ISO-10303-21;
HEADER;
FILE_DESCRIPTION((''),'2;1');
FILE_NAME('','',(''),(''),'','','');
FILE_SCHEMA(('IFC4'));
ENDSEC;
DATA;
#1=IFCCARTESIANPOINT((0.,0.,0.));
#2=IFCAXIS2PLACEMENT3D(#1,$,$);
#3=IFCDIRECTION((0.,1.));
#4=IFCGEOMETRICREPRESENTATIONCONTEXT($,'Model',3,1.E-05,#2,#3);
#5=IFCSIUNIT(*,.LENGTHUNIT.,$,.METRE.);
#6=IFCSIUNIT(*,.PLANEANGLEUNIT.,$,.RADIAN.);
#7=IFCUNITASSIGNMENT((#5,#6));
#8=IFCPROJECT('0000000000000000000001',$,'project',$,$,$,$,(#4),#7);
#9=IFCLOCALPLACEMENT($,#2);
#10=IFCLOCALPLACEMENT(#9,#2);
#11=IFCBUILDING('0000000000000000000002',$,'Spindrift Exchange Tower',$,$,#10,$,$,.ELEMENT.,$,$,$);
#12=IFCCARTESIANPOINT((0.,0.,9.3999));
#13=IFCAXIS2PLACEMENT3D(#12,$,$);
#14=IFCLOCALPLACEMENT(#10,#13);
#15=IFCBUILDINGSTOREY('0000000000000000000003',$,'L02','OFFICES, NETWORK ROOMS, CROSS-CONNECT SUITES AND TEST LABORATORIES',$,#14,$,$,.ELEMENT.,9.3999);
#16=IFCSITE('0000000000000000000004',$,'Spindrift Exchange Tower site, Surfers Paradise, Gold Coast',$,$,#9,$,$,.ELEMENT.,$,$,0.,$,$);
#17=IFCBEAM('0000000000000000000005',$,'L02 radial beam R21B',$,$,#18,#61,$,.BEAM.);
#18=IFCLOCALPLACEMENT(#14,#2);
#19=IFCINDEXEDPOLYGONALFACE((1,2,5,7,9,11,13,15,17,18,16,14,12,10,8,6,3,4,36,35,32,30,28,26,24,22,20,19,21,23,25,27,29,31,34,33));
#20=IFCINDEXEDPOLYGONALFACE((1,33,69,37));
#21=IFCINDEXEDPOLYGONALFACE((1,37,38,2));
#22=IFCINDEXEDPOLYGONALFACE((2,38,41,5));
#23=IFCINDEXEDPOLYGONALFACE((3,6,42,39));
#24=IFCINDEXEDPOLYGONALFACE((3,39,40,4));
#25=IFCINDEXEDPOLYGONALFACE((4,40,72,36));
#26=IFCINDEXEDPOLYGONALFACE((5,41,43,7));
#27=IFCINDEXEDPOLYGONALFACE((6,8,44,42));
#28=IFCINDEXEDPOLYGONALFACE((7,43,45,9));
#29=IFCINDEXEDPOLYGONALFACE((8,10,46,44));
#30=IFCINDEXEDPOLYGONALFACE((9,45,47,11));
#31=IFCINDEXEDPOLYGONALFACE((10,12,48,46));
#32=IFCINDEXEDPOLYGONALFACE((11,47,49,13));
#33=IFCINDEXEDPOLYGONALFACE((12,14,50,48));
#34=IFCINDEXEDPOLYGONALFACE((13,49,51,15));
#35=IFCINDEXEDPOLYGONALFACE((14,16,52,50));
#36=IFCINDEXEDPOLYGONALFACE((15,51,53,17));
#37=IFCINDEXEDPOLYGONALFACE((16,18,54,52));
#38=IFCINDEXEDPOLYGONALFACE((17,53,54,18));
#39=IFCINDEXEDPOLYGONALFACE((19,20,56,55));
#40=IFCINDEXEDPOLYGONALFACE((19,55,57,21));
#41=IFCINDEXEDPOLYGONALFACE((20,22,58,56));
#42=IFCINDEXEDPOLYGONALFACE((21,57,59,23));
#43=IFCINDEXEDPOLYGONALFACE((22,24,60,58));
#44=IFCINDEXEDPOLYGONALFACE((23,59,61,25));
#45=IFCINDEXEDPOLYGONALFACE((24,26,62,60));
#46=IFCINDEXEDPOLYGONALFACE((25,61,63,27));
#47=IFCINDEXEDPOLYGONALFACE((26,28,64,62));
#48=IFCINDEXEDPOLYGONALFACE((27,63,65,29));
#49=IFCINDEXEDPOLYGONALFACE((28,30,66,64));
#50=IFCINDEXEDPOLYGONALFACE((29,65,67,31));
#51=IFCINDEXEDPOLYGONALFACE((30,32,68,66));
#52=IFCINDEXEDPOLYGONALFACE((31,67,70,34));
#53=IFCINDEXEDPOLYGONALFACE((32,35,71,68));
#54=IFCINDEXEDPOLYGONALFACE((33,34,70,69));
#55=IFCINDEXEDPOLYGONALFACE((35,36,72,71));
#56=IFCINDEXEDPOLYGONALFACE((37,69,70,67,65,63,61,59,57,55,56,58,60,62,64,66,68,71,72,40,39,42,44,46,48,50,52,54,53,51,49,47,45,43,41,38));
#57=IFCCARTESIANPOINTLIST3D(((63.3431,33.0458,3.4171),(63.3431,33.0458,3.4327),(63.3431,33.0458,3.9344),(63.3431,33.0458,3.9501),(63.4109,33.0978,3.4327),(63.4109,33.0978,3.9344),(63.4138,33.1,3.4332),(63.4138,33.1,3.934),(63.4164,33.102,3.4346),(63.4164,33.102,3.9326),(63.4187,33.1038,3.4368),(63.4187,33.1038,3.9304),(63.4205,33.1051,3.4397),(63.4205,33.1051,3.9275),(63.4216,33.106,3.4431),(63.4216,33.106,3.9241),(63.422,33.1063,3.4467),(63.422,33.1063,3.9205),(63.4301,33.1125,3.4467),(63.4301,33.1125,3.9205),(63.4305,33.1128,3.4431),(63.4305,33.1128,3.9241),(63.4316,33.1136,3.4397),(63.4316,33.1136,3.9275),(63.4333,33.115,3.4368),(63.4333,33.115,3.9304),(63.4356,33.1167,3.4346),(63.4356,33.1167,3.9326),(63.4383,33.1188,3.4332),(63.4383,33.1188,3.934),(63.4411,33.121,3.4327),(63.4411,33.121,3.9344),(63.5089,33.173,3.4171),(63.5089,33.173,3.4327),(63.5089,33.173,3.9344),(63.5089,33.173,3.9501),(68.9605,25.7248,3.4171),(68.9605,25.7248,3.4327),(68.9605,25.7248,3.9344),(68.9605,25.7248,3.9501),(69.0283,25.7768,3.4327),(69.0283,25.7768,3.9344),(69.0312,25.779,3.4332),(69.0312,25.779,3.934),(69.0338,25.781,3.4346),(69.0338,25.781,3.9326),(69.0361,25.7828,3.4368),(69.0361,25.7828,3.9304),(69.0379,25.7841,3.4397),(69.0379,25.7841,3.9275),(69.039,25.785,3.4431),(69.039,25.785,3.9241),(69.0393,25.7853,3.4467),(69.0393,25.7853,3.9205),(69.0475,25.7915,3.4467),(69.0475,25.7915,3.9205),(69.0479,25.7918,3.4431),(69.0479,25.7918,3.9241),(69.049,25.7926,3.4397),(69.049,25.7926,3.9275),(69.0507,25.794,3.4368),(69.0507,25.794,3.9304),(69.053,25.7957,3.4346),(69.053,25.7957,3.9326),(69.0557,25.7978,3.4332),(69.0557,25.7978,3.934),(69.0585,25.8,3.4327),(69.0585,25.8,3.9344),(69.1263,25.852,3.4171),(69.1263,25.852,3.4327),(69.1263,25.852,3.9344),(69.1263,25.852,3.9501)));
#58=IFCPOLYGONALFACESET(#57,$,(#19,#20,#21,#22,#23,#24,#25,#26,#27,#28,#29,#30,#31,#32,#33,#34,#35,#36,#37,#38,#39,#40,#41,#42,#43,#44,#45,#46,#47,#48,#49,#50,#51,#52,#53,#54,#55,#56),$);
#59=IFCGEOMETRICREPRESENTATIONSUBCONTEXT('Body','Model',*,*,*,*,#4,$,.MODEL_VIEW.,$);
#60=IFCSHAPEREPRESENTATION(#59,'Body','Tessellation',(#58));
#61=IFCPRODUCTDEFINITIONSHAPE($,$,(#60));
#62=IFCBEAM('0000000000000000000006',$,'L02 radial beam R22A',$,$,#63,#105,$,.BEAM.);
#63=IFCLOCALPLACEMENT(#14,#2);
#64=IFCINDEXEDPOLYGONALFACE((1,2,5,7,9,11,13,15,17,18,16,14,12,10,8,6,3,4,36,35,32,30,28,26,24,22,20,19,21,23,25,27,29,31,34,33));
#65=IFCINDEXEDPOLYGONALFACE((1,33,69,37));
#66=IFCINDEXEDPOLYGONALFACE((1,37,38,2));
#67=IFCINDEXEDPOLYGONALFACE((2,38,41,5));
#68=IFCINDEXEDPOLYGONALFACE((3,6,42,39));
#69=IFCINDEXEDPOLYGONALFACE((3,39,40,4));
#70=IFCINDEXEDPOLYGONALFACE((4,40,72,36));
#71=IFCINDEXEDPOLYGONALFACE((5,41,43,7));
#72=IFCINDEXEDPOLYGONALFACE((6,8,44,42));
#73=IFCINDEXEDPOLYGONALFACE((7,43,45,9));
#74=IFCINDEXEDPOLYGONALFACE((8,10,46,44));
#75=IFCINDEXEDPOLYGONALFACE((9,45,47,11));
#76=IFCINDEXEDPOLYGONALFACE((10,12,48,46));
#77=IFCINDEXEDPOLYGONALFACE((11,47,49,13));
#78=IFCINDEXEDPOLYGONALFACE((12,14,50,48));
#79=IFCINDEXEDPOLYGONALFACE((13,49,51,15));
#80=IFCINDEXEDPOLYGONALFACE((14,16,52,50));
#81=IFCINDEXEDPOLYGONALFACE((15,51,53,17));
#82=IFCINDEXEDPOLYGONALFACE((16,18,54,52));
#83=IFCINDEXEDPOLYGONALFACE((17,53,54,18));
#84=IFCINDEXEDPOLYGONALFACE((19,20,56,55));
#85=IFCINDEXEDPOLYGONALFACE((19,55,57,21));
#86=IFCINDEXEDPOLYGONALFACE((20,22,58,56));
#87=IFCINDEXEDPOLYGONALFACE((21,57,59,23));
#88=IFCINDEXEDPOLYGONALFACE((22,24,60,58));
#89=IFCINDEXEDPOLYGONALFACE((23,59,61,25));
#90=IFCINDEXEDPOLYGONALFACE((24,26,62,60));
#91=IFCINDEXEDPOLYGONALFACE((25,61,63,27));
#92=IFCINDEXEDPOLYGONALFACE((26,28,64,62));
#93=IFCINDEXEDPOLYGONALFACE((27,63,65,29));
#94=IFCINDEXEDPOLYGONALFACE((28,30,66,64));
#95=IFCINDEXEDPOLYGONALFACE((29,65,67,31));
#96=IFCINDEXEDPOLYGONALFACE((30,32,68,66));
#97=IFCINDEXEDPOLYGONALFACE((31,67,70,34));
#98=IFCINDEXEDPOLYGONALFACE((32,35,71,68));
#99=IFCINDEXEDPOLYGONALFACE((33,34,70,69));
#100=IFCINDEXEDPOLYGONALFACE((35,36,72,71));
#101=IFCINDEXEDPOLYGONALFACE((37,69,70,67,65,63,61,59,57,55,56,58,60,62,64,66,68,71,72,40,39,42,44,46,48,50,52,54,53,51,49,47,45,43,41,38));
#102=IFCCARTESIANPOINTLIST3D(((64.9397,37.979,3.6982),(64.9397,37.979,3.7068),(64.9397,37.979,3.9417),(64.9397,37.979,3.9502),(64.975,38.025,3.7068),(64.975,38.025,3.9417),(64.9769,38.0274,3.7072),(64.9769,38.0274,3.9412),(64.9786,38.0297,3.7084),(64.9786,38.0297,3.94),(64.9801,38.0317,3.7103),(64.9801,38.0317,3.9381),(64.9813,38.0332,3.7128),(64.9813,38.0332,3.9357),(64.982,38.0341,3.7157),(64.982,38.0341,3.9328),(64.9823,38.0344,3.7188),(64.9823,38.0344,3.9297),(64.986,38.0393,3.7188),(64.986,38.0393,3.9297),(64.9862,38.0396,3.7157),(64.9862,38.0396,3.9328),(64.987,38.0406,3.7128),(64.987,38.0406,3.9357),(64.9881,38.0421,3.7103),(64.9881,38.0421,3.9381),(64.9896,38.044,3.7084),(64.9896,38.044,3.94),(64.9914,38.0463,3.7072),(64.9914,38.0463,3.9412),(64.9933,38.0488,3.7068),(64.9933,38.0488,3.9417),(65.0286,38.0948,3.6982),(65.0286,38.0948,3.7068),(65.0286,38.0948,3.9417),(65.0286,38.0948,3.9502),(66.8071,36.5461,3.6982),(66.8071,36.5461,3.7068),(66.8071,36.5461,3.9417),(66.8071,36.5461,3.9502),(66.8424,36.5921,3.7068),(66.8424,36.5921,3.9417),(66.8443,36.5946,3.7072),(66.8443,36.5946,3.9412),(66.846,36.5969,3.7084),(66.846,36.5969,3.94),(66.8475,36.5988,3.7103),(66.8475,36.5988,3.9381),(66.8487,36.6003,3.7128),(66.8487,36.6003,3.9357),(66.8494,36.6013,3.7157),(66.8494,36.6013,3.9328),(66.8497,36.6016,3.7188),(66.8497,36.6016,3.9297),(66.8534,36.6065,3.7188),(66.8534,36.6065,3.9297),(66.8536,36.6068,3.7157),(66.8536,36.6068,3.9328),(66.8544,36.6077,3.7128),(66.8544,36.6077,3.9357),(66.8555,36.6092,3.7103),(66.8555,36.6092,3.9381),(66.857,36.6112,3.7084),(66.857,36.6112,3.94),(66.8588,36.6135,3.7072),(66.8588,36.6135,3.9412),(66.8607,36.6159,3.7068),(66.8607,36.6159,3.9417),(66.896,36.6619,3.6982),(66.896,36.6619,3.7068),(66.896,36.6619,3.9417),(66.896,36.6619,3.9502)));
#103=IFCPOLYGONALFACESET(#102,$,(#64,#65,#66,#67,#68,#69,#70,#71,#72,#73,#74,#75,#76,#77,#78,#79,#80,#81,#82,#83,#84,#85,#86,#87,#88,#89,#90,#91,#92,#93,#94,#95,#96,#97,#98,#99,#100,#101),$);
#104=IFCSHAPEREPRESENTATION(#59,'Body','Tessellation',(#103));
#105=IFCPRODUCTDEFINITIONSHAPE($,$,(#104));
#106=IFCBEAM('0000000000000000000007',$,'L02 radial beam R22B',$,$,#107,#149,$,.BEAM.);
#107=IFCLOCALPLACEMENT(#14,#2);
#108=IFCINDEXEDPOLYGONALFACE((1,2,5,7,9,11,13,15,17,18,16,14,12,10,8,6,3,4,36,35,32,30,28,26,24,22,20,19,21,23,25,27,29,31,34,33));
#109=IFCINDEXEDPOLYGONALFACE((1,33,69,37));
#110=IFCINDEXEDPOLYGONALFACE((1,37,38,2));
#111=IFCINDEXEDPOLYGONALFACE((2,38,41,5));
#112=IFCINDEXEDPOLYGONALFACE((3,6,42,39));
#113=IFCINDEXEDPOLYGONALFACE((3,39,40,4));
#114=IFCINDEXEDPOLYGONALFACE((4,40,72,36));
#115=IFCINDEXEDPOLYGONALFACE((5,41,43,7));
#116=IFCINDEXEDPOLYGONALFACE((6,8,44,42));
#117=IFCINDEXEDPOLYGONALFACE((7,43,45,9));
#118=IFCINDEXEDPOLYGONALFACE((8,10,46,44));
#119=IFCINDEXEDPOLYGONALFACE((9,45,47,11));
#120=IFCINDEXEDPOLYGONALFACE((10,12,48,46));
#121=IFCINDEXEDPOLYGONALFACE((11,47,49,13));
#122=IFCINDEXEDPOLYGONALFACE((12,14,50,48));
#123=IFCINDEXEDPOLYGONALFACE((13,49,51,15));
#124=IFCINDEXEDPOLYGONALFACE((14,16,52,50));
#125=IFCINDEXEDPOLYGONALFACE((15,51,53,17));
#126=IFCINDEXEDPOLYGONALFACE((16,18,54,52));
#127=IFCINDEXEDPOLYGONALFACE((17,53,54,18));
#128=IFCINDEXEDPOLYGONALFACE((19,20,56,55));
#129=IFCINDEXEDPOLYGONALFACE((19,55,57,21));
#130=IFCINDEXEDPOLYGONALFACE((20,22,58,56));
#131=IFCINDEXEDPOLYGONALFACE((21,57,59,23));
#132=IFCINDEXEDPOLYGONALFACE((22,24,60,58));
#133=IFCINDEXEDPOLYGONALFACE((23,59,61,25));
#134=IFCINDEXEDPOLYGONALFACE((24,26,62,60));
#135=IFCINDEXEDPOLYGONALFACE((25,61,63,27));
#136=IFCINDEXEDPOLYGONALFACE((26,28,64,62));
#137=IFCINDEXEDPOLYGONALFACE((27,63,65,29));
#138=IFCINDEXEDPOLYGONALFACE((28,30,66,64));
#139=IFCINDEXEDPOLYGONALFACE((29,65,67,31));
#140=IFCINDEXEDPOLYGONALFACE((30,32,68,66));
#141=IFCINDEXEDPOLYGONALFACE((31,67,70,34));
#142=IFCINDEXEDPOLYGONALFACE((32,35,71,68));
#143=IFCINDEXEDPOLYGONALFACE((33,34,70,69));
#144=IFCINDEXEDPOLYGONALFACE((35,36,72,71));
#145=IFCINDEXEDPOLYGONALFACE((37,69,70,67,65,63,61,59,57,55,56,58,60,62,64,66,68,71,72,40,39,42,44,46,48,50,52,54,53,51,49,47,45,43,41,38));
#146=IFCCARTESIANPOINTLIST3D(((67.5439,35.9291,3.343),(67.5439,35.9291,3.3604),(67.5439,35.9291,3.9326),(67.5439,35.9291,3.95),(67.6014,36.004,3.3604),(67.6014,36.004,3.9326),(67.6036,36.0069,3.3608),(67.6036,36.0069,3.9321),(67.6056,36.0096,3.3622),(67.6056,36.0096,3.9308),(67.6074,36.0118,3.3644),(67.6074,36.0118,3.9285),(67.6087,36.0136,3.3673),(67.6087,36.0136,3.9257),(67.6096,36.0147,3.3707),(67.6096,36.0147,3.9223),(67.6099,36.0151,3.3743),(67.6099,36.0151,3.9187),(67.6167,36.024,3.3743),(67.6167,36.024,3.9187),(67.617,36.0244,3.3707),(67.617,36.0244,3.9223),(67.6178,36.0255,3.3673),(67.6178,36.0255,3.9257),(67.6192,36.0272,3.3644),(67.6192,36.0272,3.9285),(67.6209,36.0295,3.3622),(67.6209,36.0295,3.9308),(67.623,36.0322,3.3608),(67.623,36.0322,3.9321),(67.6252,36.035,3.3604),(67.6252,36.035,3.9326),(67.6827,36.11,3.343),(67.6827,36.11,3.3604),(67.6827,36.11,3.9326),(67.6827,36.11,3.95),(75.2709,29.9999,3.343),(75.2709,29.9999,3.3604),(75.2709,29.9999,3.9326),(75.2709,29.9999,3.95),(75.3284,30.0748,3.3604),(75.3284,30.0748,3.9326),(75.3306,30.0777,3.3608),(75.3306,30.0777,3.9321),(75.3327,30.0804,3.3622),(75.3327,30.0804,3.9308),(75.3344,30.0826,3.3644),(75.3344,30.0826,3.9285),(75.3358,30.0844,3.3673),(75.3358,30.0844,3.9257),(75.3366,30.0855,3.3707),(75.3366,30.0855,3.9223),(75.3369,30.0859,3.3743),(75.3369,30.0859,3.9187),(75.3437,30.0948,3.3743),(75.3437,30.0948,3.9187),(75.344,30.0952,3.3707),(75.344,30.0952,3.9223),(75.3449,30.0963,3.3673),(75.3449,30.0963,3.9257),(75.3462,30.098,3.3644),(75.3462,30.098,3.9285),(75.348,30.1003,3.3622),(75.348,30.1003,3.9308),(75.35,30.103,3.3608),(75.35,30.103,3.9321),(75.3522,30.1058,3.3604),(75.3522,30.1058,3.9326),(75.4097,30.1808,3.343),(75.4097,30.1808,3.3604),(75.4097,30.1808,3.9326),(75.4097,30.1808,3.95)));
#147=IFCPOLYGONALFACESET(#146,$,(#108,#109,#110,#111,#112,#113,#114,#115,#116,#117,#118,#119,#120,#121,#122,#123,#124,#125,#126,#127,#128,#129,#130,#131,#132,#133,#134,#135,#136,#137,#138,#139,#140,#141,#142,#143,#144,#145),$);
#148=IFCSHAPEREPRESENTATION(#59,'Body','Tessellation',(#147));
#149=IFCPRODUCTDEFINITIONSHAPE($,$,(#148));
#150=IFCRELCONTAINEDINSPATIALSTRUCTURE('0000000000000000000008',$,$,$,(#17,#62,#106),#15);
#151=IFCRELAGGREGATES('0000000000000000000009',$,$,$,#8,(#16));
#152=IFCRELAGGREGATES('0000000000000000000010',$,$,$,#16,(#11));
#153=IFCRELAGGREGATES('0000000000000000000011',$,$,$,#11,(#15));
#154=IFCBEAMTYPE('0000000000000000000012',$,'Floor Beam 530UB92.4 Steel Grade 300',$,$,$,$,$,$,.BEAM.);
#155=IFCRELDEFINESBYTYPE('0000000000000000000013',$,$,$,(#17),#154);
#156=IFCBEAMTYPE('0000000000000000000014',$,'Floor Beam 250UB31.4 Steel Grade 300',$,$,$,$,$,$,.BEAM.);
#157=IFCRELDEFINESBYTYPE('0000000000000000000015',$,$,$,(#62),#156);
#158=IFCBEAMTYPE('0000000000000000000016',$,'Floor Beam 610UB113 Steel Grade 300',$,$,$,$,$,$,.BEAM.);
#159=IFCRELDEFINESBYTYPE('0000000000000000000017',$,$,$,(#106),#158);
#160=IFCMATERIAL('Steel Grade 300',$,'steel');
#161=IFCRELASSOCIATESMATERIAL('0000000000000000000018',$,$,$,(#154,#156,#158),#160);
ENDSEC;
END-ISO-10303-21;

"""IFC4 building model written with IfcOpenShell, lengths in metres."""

from ifc_helpers import new_model, si_unit, direction, frame, origin, origin_2d, place, context, subcontext, project, spatial, i_section, extrude, source, transform, mapped, material, material_profile, profile_set, type_object, element, save


model = new_model("IFC4")

# Units and contexts
model_context = context("Model", 3, precision=1e-05, world=origin(), true_north=direction((0.0, 1.0)))
body_context = subcontext(model_context, "Body", "Model", "MODEL_VIEW")
ifc_project = project(units=[si_unit("LENGTHUNIT", "METRE"), si_unit("PLANEANGLEUNIT", "RADIAN")], contexts=[model_context])

# Site, building, storey
site_placement = place(None, origin())
site = spatial("IfcSite", under=ifc_project, at=site_placement, Name="Spindrift Exchange Tower site, Surfers Paradise, Gold Coast", CompositionType="ELEMENT", RefElevation=0.0)
building_placement = place(site_placement, origin())
building = spatial("IfcBuilding", under=site, at=building_placement, Name="Spindrift Exchange Tower", CompositionType="ELEMENT")
storey_placement = place(building_placement, frame((0.0, 0.0, 9.3999)))
storey = spatial("IfcBuildingStorey", under=building, at=storey_placement, Name="L02", Description="OFFICES, NETWORK ROOMS, CROSS-CONNECT SUITES AND TEST LABORATORIES", CompositionType="ELEMENT", Elevation=9.3999)

# Beams
ifc_material_1 = material(Name="Steel Grade 300", Category="steel")
ifc_material_profile_1 = material_profile(ifc_material_1, i_section(OverallWidth=0.209, OverallDepth=0.533, WebThickness=0.0103, FlangeThickness=0.0156, FilletRadius=0.0139, at=origin_2d()), Name="530UB92.4")
ifc_profile_set_1 = profile_set([ifc_material_profile_1], Name="Steel Grade 300")
beam_type_1 = type_object("IfcBeamType", Name="Floor Beam 530UB92.4 Steel Grade 300", PredefinedType="BEAM", material=ifc_profile_set_1)
shared_shape_1 = source(origin(), body_context, "Body", "SweptSolid", [
    extrude(i_section(OverallWidth=0.209, OverallDepth=0.533, WebThickness=0.0103, FlangeThickness=0.0156, FilletRadius=0.0139, at=origin_2d()), origin(), (0.0, 0.0, 1.0), 9.2278),
])
beam_1_placement = place(storey_placement, frame((63.426, 33.1094, 3.6836), z_axis=(0.608748, -0.793364, 0.0), x_axis=(0.793364, 0.608748, 0.0)))
element("IfcBeam", 1, at=beam_1_placement, inside=storey, type_object=beam_type_1, Name="L02 radial beam R21B", PredefinedType="BEAM", context=body_context, shape_type="MappedRepresentation", body=[
    mapped(shared_shape_1, transform((0.0, 0.0, 0.0), scale=1.0)),
])
ifc_material_profile_2 = material_profile(ifc_material_1, i_section(OverallWidth=0.146, OverallDepth=0.252, WebThickness=0.0061, FlangeThickness=0.0085, FilletRadius=0.012, at=origin_2d()), Name="250UB31.4")
ifc_profile_set_2 = profile_set([ifc_material_profile_2], Name="Steel Grade 300")
beam_type_2 = type_object("IfcBeamType", Name="Floor Beam 250UB31.4 Steel Grade 300", PredefinedType="BEAM", material=ifc_profile_set_2)
shared_shape_2 = source(origin(), body_context, "Body", "SweptSolid", [
    extrude(i_section(OverallWidth=0.146, OverallDepth=0.252, WebThickness=0.0061, FlangeThickness=0.0085, FilletRadius=0.012, at=origin_2d()), origin(), (0.0, 0.0, 1.0), 2.3538),
])
beam_2_placement = place(storey_placement, frame((64.9841, 38.0369, 3.8242), z_axis=(0.793368, -0.608743, 0.0), x_axis=(0.608743, 0.793368, 0.0)))
element("IfcBeam", 2, at=beam_2_placement, inside=storey, type_object=beam_type_2, Name="L02 radial beam R22A", PredefinedType="BEAM", context=body_context, shape_type="MappedRepresentation", body=[
    mapped(shared_shape_2, transform((0.0, 0.0, 0.0), scale=1.0)),
])
ifc_material_profile_3 = material_profile(ifc_material_1, i_section(OverallWidth=0.228, OverallDepth=0.6069, WebThickness=0.0112, FlangeThickness=0.0173, FilletRadius=0.0139, at=origin_2d()), Name="610UB113")
ifc_profile_set_3 = profile_set([ifc_material_profile_3], Name="Steel Grade 300")
beam_type_3 = type_object("IfcBeamType", Name="Floor Beam 610UB113 Steel Grade 300", PredefinedType="BEAM", material=ifc_profile_set_3)
shared_shape_3 = source(origin(), body_context, "Body", "SweptSolid", [
    extrude(i_section(OverallWidth=0.228, OverallDepth=0.6069, WebThickness=0.0112, FlangeThickness=0.0173, FilletRadius=0.0139, at=origin_2d()), origin(), (0.0, 0.0, 1.0), 9.7397),
])
beam_3_placement = place(storey_placement, frame((67.6133, 36.0195, 3.6465), z_axis=(0.793352, -0.608763, 0.0), x_axis=(0.608763, 0.793352, 0.0)))
element("IfcBeam", 3, at=beam_3_placement, inside=storey, type_object=beam_type_3, Name="L02 radial beam R22B", PredefinedType="BEAM", context=body_context, shape_type="MappedRepresentation", body=[
    mapped(shared_shape_3, transform((0.0, 0.0, 0.0), scale=1.0)),
])

save(model, "model.ifc")
